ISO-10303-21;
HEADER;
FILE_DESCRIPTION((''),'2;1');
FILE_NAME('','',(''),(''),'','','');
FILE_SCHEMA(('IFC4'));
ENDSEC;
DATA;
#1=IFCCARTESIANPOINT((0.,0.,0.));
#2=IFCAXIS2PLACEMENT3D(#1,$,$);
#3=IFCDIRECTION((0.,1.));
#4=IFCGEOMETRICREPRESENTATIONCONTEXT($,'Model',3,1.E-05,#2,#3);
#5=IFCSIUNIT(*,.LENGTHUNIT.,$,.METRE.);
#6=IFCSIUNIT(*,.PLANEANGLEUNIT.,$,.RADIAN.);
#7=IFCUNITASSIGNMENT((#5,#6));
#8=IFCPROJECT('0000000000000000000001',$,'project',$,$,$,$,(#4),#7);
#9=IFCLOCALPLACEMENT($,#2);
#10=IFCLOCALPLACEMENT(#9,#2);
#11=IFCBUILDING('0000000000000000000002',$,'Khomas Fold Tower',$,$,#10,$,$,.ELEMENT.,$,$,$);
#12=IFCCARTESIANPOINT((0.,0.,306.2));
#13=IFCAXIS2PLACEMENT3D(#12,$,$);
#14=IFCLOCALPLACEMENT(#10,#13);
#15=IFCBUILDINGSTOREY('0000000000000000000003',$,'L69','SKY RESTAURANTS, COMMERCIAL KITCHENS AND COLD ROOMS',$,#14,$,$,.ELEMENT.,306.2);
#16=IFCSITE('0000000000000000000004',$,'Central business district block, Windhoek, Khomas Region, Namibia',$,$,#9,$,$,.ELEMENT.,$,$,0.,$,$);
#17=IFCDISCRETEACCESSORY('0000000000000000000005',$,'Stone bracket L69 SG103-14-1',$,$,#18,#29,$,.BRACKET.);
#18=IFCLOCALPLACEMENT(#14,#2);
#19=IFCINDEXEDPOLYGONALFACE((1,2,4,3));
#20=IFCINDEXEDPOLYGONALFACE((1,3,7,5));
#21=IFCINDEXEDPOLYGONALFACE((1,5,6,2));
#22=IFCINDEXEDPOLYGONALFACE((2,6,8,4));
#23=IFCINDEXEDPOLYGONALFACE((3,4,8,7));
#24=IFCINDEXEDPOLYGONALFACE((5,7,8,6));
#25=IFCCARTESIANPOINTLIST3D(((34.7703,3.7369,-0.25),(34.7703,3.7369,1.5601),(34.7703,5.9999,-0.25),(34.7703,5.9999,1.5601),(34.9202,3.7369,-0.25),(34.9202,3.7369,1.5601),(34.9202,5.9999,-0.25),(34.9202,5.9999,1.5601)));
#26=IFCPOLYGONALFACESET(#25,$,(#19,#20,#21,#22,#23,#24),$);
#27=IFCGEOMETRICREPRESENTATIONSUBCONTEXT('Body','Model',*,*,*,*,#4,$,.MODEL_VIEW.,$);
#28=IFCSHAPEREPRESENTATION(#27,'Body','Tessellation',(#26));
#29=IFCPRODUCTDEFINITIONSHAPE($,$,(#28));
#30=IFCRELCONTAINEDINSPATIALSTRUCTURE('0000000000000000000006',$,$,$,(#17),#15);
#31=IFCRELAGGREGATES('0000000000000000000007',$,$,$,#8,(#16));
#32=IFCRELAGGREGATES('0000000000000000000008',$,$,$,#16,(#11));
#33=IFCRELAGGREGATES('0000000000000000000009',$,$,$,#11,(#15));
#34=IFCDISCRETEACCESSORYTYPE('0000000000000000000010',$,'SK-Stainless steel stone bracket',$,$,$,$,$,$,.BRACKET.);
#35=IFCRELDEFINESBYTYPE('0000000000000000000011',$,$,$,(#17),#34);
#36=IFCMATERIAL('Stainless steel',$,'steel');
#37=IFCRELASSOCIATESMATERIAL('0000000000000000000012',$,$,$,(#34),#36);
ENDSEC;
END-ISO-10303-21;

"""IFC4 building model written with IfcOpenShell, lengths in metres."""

from ifc_helpers import new_model, si_unit, direction, frame, origin, origin_2d, place, context, subcontext, project, spatial, rectangle, extrude, source, transform, mapped, material, type_object, element, save


model = new_model("IFC4")

# Units and contexts
model_context = context("Model", 3, precision=1e-05, world=origin(), true_north=direction((0.0, 1.0)))
body_context = subcontext(model_context, "Body", "Model", "MODEL_VIEW")
ifc_project = project(units=[si_unit("LENGTHUNIT", "METRE"), si_unit("PLANEANGLEUNIT", "RADIAN")], contexts=[model_context])

# Site, building, storey
site_placement = place(None, origin())
site = spatial("IfcSite", under=ifc_project, at=site_placement, Name="Central business district block, Windhoek, Khomas Region, Namibia", CompositionType="ELEMENT", RefElevation=0.0)
building_placement = place(site_placement, origin())
building = spatial("IfcBuilding", under=site, at=building_placement, Name="Khomas Fold Tower", CompositionType="ELEMENT")
storey_placement = place(building_placement, frame((0.0, 0.0, 306.2)))
storey = spatial("IfcBuildingStorey", under=building, at=storey_placement, Name="L69", Description="SKY RESTAURANTS, COMMERCIAL KITCHENS AND COLD ROOMS", CompositionType="ELEMENT", Elevation=306.2)

# Discrete accessory
ifc_material_1 = material(Name="Stainless steel", Category="steel")
discrete_accessory_type = type_object("IfcDiscreteAccessoryType", Name="SK-Stainless steel stone bracket", PredefinedType="BRACKET", material=ifc_material_1)
shared_shape_1 = source(origin(), body_context, "Body", "SweptSolid", [
    extrude(rectangle(XDim=2.2629, YDim=0.1499, at=origin_2d()), origin(), (0.0, 0.0, 1.0), 1.8101),
])
discrete_accessory_placement = place(storey_placement, frame((34.8452, 4.8684, -0.25), z_axis=(0.0, 0.0, 1.0), x_axis=(0.0, -1.0, 0.0)))
element("IfcDiscreteAccessory", 1, at=discrete_accessory_placement, inside=storey, type_object=discrete_accessory_type, Name="Stone bracket L69 SG103-14-1", PredefinedType="BRACKET", context=body_context, shape_type="MappedRepresentation", body=[
    mapped(shared_shape_1, transform((0.0, 0.0, 0.0))),
])

save(model, "model.ifc")
